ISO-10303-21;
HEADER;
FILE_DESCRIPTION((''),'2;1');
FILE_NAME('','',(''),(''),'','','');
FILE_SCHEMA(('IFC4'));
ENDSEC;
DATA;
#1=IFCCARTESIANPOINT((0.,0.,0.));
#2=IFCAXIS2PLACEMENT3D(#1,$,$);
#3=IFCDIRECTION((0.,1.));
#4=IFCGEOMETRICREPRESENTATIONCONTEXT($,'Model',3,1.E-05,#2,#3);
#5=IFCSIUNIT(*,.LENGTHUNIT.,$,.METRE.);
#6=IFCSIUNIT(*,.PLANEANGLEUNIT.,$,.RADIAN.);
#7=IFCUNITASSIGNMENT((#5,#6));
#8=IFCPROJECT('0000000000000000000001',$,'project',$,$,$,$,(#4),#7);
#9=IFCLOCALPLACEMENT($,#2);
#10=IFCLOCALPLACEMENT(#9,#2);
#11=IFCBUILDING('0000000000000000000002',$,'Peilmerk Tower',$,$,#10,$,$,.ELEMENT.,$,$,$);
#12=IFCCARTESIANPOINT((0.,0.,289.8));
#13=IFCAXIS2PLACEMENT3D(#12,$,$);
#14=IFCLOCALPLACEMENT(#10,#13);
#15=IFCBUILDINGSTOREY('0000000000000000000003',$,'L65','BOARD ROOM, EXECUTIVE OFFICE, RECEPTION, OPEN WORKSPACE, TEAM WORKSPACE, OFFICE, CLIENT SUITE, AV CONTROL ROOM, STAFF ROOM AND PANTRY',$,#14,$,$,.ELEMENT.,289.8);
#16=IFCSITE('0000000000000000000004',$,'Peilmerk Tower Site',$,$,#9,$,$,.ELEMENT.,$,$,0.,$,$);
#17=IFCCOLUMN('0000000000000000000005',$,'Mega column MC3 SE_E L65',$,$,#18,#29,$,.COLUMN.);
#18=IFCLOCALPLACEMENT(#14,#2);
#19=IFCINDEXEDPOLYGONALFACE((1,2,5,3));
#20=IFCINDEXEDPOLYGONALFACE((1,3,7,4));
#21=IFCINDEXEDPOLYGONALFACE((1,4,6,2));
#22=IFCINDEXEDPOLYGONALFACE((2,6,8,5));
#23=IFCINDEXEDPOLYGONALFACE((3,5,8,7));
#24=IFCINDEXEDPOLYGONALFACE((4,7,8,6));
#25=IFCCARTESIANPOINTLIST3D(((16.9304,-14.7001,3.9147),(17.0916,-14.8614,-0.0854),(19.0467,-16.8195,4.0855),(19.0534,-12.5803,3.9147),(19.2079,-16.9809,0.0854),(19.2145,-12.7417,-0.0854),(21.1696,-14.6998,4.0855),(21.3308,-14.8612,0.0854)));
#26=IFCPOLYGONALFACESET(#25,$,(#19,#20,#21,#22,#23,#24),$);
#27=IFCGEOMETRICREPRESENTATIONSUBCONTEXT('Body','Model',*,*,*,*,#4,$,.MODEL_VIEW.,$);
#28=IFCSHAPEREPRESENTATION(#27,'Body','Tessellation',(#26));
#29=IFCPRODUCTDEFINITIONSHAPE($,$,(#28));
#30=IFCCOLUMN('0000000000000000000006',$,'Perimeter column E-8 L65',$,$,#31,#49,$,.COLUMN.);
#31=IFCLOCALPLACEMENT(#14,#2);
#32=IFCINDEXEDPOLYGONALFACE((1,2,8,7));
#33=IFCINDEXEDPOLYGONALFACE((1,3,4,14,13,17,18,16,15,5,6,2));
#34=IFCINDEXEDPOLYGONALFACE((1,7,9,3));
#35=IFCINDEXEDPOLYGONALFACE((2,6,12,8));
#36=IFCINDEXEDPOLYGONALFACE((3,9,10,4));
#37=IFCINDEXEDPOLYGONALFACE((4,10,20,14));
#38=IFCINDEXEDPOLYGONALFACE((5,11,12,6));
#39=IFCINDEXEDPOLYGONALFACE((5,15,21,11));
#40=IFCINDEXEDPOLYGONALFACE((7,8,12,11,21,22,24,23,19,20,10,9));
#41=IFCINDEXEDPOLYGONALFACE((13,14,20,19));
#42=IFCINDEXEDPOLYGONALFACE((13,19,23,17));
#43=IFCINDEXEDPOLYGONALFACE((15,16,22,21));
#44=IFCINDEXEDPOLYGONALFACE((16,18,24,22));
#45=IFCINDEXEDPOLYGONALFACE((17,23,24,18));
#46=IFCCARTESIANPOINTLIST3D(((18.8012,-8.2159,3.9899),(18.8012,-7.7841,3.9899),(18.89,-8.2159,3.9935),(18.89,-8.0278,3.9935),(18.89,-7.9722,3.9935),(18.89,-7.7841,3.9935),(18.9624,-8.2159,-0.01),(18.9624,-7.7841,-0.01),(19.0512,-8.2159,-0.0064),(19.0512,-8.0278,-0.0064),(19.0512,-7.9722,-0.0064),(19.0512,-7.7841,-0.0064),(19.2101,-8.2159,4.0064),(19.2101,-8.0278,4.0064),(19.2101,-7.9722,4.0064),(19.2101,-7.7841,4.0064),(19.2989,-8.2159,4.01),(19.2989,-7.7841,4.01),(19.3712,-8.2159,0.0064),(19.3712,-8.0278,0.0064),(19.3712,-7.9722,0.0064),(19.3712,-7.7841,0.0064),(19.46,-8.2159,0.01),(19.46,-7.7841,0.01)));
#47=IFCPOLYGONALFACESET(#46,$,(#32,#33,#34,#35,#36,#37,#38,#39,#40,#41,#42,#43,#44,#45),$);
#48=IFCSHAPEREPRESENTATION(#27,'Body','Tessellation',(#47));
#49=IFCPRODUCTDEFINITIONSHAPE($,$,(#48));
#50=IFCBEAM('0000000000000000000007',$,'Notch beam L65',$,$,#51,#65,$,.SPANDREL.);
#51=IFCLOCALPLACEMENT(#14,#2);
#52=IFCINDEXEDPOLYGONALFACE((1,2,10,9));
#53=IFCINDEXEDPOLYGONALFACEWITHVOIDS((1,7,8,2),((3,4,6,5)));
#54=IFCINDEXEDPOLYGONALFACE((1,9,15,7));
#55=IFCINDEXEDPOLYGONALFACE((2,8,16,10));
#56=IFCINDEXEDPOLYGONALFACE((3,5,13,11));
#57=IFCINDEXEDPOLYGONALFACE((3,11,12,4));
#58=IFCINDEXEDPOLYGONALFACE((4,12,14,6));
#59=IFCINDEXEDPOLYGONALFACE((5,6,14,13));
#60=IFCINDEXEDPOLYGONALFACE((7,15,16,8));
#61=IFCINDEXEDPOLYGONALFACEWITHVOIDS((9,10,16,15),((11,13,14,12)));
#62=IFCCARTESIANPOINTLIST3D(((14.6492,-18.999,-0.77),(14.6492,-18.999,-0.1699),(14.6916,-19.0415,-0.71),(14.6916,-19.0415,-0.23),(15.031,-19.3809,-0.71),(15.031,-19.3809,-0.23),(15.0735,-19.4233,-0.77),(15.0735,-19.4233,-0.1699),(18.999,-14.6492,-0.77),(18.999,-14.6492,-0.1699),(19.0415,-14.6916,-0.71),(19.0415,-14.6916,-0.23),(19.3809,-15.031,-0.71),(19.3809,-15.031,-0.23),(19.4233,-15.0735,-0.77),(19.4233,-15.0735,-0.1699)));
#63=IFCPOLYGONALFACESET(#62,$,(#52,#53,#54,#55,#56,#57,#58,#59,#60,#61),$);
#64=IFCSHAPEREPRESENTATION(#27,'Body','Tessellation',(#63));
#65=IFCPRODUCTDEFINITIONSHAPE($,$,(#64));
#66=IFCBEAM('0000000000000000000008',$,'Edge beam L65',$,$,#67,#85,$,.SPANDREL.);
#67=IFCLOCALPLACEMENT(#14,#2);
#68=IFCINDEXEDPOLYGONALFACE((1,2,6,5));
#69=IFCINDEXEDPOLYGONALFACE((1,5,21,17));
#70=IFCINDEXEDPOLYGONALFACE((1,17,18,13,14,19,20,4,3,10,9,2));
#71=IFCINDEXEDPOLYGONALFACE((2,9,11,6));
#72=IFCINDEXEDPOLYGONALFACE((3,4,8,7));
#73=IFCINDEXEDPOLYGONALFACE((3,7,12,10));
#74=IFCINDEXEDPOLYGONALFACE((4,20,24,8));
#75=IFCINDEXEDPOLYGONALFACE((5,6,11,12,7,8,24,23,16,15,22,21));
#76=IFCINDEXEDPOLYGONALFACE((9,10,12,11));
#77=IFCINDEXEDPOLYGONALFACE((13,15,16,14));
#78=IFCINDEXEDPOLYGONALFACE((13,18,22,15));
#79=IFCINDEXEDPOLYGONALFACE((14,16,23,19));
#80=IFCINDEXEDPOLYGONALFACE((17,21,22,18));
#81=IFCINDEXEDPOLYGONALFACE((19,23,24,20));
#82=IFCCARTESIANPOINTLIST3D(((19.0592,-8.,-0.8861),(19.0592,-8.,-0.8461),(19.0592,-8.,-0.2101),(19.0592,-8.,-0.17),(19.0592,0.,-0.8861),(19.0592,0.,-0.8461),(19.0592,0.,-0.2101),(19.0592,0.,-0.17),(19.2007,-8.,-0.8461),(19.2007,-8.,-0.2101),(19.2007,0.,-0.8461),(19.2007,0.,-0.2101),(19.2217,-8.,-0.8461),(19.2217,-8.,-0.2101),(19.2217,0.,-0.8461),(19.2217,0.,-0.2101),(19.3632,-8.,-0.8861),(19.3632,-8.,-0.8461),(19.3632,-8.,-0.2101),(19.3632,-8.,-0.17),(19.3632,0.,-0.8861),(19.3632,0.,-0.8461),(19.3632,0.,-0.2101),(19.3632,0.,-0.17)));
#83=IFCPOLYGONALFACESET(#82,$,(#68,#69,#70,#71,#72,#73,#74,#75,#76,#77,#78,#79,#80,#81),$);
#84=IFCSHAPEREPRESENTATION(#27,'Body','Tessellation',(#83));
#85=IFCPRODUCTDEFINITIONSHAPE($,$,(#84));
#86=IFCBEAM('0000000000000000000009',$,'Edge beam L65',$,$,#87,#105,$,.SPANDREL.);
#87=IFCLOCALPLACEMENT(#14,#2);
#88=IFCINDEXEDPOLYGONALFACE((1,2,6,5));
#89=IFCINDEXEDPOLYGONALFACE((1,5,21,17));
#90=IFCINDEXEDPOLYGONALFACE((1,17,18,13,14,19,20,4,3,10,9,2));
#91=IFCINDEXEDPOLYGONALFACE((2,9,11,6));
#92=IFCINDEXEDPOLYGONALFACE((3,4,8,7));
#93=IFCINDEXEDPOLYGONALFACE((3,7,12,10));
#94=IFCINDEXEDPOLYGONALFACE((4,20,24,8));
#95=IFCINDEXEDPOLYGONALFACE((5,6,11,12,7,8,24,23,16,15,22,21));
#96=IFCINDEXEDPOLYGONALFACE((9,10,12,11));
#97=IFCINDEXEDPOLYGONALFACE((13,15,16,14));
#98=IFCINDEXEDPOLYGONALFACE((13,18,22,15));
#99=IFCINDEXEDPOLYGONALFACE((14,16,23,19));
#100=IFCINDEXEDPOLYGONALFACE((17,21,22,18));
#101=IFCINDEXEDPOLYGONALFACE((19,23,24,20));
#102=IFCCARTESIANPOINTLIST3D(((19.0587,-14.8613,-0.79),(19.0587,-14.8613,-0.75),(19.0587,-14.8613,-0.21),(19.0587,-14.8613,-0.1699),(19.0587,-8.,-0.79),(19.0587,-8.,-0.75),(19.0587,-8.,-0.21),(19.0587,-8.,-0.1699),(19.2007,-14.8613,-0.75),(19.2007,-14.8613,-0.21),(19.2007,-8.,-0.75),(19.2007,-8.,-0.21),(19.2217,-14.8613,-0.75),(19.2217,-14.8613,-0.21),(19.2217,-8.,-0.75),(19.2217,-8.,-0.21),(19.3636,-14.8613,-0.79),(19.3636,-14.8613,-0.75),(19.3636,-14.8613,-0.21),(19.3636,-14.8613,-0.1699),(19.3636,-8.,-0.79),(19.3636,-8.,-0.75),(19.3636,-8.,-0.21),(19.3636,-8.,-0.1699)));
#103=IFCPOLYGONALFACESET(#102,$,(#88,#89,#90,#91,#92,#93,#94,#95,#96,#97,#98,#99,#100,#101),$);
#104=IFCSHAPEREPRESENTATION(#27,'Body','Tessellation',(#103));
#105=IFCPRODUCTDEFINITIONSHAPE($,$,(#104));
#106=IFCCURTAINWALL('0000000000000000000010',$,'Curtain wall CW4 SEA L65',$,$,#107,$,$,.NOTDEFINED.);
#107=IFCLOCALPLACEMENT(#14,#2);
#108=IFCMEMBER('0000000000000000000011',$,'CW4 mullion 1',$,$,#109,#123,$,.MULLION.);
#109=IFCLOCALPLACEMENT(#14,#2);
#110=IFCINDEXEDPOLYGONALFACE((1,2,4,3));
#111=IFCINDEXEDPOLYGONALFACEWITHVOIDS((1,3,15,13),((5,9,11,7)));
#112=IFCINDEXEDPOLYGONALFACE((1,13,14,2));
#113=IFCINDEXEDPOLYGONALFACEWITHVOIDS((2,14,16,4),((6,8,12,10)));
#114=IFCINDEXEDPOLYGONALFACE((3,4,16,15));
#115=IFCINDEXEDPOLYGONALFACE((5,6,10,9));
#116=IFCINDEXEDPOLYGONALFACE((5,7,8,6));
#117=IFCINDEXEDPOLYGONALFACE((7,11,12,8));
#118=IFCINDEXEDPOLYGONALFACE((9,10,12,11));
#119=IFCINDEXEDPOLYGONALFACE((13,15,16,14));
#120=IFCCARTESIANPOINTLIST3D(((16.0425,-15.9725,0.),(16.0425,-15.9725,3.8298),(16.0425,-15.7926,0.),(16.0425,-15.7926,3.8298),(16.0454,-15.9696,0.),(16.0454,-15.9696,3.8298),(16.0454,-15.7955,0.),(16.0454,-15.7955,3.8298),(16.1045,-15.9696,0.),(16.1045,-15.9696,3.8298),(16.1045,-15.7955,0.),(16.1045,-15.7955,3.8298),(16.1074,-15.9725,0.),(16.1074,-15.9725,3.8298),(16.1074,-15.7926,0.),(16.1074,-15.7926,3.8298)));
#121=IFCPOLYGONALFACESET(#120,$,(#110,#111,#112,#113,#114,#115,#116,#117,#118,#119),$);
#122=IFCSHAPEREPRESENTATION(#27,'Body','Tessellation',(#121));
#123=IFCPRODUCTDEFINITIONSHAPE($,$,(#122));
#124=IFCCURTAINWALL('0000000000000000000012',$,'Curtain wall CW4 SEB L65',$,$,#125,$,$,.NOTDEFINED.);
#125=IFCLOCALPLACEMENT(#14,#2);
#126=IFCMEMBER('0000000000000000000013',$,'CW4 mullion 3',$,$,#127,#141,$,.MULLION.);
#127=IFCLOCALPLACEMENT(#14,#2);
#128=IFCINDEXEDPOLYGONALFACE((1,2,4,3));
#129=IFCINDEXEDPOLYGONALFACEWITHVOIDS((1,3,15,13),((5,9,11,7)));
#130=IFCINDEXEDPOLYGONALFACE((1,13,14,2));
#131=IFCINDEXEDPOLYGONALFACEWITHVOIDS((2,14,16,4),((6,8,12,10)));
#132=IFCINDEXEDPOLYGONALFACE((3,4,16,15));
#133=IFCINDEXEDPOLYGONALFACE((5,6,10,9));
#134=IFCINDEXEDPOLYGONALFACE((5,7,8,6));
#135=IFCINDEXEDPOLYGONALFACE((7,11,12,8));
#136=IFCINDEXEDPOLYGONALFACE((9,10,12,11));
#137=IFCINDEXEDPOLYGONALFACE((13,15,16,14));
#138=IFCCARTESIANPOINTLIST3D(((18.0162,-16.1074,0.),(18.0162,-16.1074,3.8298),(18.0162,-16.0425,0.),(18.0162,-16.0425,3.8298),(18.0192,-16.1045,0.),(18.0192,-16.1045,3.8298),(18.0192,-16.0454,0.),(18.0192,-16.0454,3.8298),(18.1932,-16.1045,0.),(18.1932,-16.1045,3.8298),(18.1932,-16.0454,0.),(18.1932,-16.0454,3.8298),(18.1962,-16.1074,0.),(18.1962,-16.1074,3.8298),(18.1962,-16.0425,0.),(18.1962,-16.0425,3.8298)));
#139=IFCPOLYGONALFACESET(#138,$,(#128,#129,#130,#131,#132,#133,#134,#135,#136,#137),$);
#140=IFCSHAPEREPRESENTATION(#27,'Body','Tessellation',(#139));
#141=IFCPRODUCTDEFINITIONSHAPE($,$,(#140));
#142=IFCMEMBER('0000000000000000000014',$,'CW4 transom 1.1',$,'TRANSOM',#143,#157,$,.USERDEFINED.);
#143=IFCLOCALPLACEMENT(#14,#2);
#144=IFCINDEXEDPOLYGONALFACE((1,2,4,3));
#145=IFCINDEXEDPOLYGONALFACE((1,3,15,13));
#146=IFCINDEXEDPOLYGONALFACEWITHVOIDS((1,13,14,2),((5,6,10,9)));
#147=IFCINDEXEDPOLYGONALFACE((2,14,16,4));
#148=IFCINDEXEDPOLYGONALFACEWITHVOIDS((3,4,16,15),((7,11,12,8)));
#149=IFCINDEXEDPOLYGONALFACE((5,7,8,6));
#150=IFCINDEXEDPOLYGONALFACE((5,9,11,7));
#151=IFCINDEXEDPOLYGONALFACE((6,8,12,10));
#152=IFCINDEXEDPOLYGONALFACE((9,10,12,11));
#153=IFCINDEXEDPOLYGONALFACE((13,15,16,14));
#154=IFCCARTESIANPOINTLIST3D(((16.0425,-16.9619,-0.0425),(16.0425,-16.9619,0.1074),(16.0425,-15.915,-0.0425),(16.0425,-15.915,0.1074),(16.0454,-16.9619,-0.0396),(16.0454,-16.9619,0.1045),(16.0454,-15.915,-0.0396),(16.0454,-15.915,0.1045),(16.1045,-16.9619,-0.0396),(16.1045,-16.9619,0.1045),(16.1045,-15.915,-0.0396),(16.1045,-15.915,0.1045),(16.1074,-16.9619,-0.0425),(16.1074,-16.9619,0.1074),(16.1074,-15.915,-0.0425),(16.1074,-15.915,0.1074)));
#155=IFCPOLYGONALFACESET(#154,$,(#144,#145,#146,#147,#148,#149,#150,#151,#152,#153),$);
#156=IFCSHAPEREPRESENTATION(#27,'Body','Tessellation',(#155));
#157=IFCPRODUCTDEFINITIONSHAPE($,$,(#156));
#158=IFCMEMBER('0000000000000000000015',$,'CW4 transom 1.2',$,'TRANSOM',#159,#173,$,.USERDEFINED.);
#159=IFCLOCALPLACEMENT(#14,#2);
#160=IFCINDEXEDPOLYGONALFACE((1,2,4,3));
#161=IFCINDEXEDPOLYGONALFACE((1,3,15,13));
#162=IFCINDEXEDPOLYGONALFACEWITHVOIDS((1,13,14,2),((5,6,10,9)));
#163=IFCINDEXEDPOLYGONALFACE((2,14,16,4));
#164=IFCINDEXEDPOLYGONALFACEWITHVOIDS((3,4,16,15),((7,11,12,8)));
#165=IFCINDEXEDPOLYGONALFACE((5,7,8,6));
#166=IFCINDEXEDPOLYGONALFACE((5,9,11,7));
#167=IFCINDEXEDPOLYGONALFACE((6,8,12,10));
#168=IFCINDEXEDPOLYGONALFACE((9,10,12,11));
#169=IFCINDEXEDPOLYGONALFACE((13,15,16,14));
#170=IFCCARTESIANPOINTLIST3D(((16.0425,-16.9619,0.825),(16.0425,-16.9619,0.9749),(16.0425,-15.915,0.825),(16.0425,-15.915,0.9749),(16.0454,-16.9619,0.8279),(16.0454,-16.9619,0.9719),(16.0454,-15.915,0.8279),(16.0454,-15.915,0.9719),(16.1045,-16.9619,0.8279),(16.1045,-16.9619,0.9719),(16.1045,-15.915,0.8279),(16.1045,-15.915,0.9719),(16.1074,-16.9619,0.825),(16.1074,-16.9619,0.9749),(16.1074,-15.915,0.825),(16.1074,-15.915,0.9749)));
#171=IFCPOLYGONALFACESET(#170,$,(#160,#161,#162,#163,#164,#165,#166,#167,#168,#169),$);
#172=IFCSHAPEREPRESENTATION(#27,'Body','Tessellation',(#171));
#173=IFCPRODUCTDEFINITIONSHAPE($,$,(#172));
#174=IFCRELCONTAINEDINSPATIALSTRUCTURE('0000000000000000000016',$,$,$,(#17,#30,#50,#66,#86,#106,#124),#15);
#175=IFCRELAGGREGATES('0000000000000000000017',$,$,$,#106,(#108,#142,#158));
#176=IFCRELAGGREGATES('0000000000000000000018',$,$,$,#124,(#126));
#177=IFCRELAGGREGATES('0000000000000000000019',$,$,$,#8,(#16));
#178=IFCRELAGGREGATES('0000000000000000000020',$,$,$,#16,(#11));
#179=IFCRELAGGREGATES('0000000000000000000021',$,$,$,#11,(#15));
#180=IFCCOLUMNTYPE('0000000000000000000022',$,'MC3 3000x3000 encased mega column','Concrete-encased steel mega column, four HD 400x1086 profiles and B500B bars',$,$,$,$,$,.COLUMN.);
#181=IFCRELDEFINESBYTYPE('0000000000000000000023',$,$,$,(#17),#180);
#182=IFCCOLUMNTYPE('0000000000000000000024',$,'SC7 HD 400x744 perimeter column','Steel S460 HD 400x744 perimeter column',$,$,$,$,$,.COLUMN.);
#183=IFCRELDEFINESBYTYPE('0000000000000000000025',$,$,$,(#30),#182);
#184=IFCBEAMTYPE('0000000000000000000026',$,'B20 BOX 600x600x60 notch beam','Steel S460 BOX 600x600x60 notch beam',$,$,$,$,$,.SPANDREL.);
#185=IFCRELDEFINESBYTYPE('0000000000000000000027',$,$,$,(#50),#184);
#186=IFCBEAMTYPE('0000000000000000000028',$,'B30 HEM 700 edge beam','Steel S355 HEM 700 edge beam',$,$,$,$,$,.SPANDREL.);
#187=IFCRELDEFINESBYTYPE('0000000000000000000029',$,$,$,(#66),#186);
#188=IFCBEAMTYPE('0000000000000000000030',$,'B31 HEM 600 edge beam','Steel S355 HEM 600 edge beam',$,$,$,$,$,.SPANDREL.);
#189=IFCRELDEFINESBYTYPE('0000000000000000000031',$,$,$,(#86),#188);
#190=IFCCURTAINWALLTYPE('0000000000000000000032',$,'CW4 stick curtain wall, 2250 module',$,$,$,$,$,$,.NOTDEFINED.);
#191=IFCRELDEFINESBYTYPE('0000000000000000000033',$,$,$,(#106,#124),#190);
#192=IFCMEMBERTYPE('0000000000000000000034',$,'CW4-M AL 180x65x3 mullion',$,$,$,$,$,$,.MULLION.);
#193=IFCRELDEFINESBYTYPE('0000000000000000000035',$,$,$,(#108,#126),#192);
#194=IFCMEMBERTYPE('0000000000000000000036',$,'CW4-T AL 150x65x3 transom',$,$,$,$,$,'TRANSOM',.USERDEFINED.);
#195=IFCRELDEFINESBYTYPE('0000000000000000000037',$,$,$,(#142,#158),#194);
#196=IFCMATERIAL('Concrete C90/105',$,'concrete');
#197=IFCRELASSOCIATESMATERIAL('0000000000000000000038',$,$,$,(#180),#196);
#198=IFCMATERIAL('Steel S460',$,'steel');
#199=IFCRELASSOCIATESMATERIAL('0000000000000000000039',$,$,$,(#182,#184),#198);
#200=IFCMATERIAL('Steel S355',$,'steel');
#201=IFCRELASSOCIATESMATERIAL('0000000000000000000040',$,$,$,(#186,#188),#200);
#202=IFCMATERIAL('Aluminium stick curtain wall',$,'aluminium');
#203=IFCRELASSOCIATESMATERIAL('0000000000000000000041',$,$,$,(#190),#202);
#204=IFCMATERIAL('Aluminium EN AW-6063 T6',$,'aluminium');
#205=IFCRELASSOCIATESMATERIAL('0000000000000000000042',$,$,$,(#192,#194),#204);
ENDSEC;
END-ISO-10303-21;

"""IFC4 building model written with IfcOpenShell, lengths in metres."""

from ifc_helpers import new_model, si_unit, direction, frame, origin, origin_2d, place, context, subcontext, project, spatial, rectangle, hollow_rectangle, i_section, extrude, material, material_profile, profile_set, type_object, element, aggregate, save


model = new_model("IFC4")

# Units and contexts
model_context = context("Model", 3, precision=1e-05, world=origin(), true_north=direction((0.0, 1.0)))
body_context = subcontext(model_context, "Body", "Model", "MODEL_VIEW")
ifc_project = project(units=[si_unit("LENGTHUNIT", "METRE"), si_unit("PLANEANGLEUNIT", "RADIAN")], contexts=[model_context])

# Site, building, storey
site_placement = place(None, origin())
site = spatial("IfcSite", under=ifc_project, at=site_placement, Name="Peilmerk Tower Site", CompositionType="ELEMENT", RefElevation=0.0)
building_placement = place(site_placement, origin())
building = spatial("IfcBuilding", under=site, at=building_placement, Name="Peilmerk Tower", CompositionType="ELEMENT")
storey_placement = place(building_placement, frame((0.0, 0.0, 289.8)))
storey = spatial("IfcBuildingStorey", under=building, at=storey_placement, Name="L65", Description="BOARD ROOM, EXECUTIVE OFFICE, RECEPTION, OPEN WORKSPACE, TEAM WORKSPACE, OFFICE, CLIENT SUITE, AV CONTROL ROOM, STAFF ROOM AND PANTRY", CompositionType="ELEMENT", Elevation=289.8)

# Columns
ifc_material_1 = material(Name="Concrete C90/105", Category="concrete")
ifc_material_profile_1 = material_profile(ifc_material_1, rectangle(XDim=3.0, YDim=3.0, at=origin_2d()), Name="RC 3000x3000")
ifc_profile_set_1 = profile_set([ifc_material_profile_1], Name="Concrete C90/105")
column_type_1 = type_object("IfcColumnType", Name="MC3 3000x3000 encased mega column", Description="Concrete-encased steel mega column, four HD 400x1086 profiles and B500B bars", PredefinedType="COLUMN", material=ifc_profile_set_1)
column_1_placement = place(storey_placement, frame((19.2112, -14.8613, 0.0), z_axis=(-0.040218, 0.040279, 0.998379), x_axis=(-0.707642, -0.706571, 0.0)))
element("IfcColumn", 1, at=column_1_placement, inside=storey, type_object=column_type_1, Name="Mega column MC3 SE_E L65", PredefinedType="COLUMN", context=body_context, shape_type="SweptSolid", body=[
    extrude(rectangle(XDim=3.0, YDim=3.0, at=origin_2d()), origin(), (0.0, 0.0, 1.0), 4.0066),
])
ifc_material_2 = material(Name="Steel S460", Category="steel")
ifc_material_profile_2 = material_profile(ifc_material_2, i_section(OverallWidth=0.4319, OverallDepth=0.498, WebThickness=0.0557, FlangeThickness=0.0889, at=origin_2d()), Name="HD 400x744")
ifc_profile_set_2 = profile_set([ifc_material_profile_2], Name="Steel S460")
column_type_2 = type_object("IfcColumnType", Name="SC7 HD 400x744 perimeter column", Description="Steel S460 HD 400x744 perimeter column", PredefinedType="COLUMN", material=ifc_profile_set_2)
column_2_placement = place(storey_placement, frame((19.2112, -8.0, 0.0), z_axis=(-0.040251, 0.0, 0.99919), x_axis=(0.0, -1.0, 0.0)))
element("IfcColumn", 2, at=column_2_placement, inside=storey, type_object=column_type_2, Name="Perimeter column E-8 L65", PredefinedType="COLUMN", context=body_context, shape_type="SweptSolid", body=[
    extrude(i_section(OverallWidth=0.4319, OverallDepth=0.498, WebThickness=0.0557, FlangeThickness=0.0889, at=origin_2d()), origin(), (0.0, 0.0, 1.0), 4.0032),
])

# Beams
ifc_material_profile_3 = material_profile(ifc_material_2, hollow_rectangle(XDim=0.6001, YDim=0.6001, WallThickness=0.0601, at=origin_2d()), Name="BOX 600x600x60")
ifc_profile_set_3 = profile_set([ifc_material_profile_3], Name="Steel S460")
beam_type_1 = type_object("IfcBeamType", Name="B20 BOX 600x600x60 notch beam", Description="Steel S460 BOX 600x600x60 notch beam", PredefinedType="SPANDREL", material=ifc_profile_set_3)
beam_1_placement = place(storey_placement, frame((19.2112, -14.8613, -0.47), z_axis=(-0.707107, -0.707107, 0.0), x_axis=(0.707107, -0.707107, 0.0)))
element("IfcBeam", 3, at=beam_1_placement, inside=storey, type_object=beam_type_1, Name="Notch beam L65", PredefinedType="SPANDREL", context=body_context, shape_type="SweptSolid", body=[
    extrude(hollow_rectangle(XDim=0.6001, YDim=0.6001, WallThickness=0.0601, at=origin_2d()), origin(), (0.0, 0.0, 1.0), 6.1516),
])
ifc_material_3 = material(Name="Steel S355", Category="steel")
ifc_material_profile_4 = material_profile(ifc_material_3, i_section(OverallWidth=0.304, OverallDepth=0.7161, WebThickness=0.021, FlangeThickness=0.04, at=origin_2d()), Name="HEM 700")
ifc_profile_set_4 = profile_set([ifc_material_profile_4], Name="Steel S355")
beam_type_2 = type_object("IfcBeamType", Name="B30 HEM 700 edge beam", Description="Steel S355 HEM 700 edge beam", PredefinedType="SPANDREL", material=ifc_profile_set_4)
beam_2_placement = place(storey_placement, frame((19.2112, -8.0, -0.5281), z_axis=(0.0, 1.0, 0.0), x_axis=(-1.0, 0.0, 0.0)))
element("IfcBeam", 4, at=beam_2_placement, inside=storey, type_object=beam_type_2, Name="Edge beam L65", PredefinedType="SPANDREL", context=body_context, shape_type="SweptSolid", body=[
    extrude(i_section(OverallWidth=0.304, OverallDepth=0.7161, WebThickness=0.021, FlangeThickness=0.04, at=origin_2d()), origin(), (0.0, 0.0, 1.0), 8.0),
])
ifc_material_profile_5 = material_profile(ifc_material_3, i_section(OverallWidth=0.3049, OverallDepth=0.6201, WebThickness=0.021, FlangeThickness=0.04, at=origin_2d()), Name="HEM 600")
ifc_profile_set_5 = profile_set([ifc_material_profile_5], Name="Steel S355")
beam_type_3 = type_object("IfcBeamType", Name="B31 HEM 600 edge beam", Description="Steel S355 HEM 600 edge beam", PredefinedType="SPANDREL", material=ifc_profile_set_5)
beam_3_placement = place(storey_placement, frame((19.2112, -14.8613, -0.48), z_axis=(0.0, 1.0, 0.0), x_axis=(-1.0, 0.0, 0.0)))
element("IfcBeam", 5, at=beam_3_placement, inside=storey, type_object=beam_type_3, Name="Edge beam L65", PredefinedType="SPANDREL", context=body_context, shape_type="SweptSolid", body=[
    extrude(i_section(OverallWidth=0.3049, OverallDepth=0.6201, WebThickness=0.021, FlangeThickness=0.04, at=origin_2d()), origin(), (0.0, 0.0, 1.0), 6.8613),
])

# Curtain walls, members
ifc_material_4 = material(Name="Aluminium stick curtain wall", Category="aluminium")
curtain_wall_type = type_object("IfcCurtainWallType", Name="CW4 stick curtain wall, 2250 module", PredefinedType="NOTDEFINED", material=ifc_material_4)
curtain_wall_1_placement = place(storey_placement, origin())
curtain_wall_1 = element("IfcCurtainWall", 6, at=curtain_wall_1_placement, inside=storey, type_object=curtain_wall_type, Name="Curtain wall CW4 SEA L65", PredefinedType="NOTDEFINED")
ifc_material_5 = material(Name="Aluminium EN AW-6063 T6", Category="aluminium")
ifc_material_profile_6 = material_profile(ifc_material_5, hollow_rectangle(XDim=0.0649, YDim=0.1799, WallThickness=0.0029, at=origin_2d()), Name="AL 180x65x3")
ifc_profile_set_6 = profile_set([ifc_material_profile_6], Name="Aluminium EN AW-6063 T6")
member_type_1 = type_object("IfcMemberType", Name="CW4-M AL 180x65x3 mullion", PredefinedType="MULLION", material=ifc_profile_set_6)
member_1_placement = place(storey_placement, frame((16.075, -15.8826, 0.0), z_axis=(0.0, 0.0, 1.0), x_axis=(1.0, 0.0, 0.0)))
member_1 = element("IfcMember", 7, at=member_1_placement, type_object=member_type_1, Name="CW4 mullion 1", PredefinedType="MULLION", context=body_context, shape_type="SweptSolid", body=[
    extrude(hollow_rectangle(XDim=0.0649, YDim=0.1799, WallThickness=0.0029, at=origin_2d()), origin(), (0.0, 0.0, 1.0), 3.8298),
])
curtain_wall_2_placement = place(storey_placement, origin())
curtain_wall_2 = element("IfcCurtainWall", 8, at=curtain_wall_2_placement, inside=storey, type_object=curtain_wall_type, Name="Curtain wall CW4 SEB L65", PredefinedType="NOTDEFINED")
member_2_placement = place(storey_placement, frame((18.1062, -16.075, 0.0), z_axis=(0.0, 0.0, 1.0), x_axis=(0.0, 1.0, 0.0)))
member_2 = element("IfcMember", 9, at=member_2_placement, type_object=member_type_1, Name="CW4 mullion 3", PredefinedType="MULLION", context=body_context, shape_type="SweptSolid", body=[
    extrude(hollow_rectangle(XDim=0.0649, YDim=0.1799, WallThickness=0.0029, at=origin_2d()), origin(), (0.0, 0.0, 1.0), 3.8298),
])

# Members
ifc_material_profile_7 = material_profile(ifc_material_5, hollow_rectangle(XDim=0.0649, YDim=0.1499, WallThickness=0.0029, at=origin_2d()), Name="AL 150x65x3")
ifc_profile_set_7 = profile_set([ifc_material_profile_7], Name="Aluminium EN AW-6063 T6")
member_type_2 = type_object("IfcMemberType", Name="CW4-T AL 150x65x3 transom", ElementType="TRANSOM", PredefinedType="USERDEFINED", material=ifc_profile_set_7)
member_3_placement = place(storey_placement, frame((16.075, -15.915, 0.0325), z_axis=(0.0, -1.0, 0.0), x_axis=(1.0, 0.0, 0.0)))
member_3 = element("IfcMember", 10, at=member_3_placement, type_object=member_type_2, Name="CW4 transom 1.1", ObjectType="TRANSOM", PredefinedType="USERDEFINED", context=body_context, shape_type="SweptSolid", body=[
    extrude(hollow_rectangle(XDim=0.0649, YDim=0.1499, WallThickness=0.0029, at=origin_2d()), origin(), (0.0, 0.0, 1.0), 1.0469),
])
member_4_placement = place(storey_placement, frame((16.075, -15.915, 0.8999), z_axis=(0.0, -1.0, 0.0), x_axis=(1.0, 0.0, 0.0)))
member_4 = element("IfcMember", 11, at=member_4_placement, type_object=member_type_2, Name="CW4 transom 1.2", ObjectType="TRANSOM", PredefinedType="USERDEFINED", context=body_context, shape_type="SweptSolid", body=[
    extrude(hollow_rectangle(XDim=0.0649, YDim=0.1499, WallThickness=0.0029, at=origin_2d()), origin(), (0.0, 0.0, 1.0), 1.0469),
])
aggregate(curtain_wall_1, [member_1, member_3, member_4])

aggregate(curtain_wall_2, [member_2])

save(model, "model.ifc")
